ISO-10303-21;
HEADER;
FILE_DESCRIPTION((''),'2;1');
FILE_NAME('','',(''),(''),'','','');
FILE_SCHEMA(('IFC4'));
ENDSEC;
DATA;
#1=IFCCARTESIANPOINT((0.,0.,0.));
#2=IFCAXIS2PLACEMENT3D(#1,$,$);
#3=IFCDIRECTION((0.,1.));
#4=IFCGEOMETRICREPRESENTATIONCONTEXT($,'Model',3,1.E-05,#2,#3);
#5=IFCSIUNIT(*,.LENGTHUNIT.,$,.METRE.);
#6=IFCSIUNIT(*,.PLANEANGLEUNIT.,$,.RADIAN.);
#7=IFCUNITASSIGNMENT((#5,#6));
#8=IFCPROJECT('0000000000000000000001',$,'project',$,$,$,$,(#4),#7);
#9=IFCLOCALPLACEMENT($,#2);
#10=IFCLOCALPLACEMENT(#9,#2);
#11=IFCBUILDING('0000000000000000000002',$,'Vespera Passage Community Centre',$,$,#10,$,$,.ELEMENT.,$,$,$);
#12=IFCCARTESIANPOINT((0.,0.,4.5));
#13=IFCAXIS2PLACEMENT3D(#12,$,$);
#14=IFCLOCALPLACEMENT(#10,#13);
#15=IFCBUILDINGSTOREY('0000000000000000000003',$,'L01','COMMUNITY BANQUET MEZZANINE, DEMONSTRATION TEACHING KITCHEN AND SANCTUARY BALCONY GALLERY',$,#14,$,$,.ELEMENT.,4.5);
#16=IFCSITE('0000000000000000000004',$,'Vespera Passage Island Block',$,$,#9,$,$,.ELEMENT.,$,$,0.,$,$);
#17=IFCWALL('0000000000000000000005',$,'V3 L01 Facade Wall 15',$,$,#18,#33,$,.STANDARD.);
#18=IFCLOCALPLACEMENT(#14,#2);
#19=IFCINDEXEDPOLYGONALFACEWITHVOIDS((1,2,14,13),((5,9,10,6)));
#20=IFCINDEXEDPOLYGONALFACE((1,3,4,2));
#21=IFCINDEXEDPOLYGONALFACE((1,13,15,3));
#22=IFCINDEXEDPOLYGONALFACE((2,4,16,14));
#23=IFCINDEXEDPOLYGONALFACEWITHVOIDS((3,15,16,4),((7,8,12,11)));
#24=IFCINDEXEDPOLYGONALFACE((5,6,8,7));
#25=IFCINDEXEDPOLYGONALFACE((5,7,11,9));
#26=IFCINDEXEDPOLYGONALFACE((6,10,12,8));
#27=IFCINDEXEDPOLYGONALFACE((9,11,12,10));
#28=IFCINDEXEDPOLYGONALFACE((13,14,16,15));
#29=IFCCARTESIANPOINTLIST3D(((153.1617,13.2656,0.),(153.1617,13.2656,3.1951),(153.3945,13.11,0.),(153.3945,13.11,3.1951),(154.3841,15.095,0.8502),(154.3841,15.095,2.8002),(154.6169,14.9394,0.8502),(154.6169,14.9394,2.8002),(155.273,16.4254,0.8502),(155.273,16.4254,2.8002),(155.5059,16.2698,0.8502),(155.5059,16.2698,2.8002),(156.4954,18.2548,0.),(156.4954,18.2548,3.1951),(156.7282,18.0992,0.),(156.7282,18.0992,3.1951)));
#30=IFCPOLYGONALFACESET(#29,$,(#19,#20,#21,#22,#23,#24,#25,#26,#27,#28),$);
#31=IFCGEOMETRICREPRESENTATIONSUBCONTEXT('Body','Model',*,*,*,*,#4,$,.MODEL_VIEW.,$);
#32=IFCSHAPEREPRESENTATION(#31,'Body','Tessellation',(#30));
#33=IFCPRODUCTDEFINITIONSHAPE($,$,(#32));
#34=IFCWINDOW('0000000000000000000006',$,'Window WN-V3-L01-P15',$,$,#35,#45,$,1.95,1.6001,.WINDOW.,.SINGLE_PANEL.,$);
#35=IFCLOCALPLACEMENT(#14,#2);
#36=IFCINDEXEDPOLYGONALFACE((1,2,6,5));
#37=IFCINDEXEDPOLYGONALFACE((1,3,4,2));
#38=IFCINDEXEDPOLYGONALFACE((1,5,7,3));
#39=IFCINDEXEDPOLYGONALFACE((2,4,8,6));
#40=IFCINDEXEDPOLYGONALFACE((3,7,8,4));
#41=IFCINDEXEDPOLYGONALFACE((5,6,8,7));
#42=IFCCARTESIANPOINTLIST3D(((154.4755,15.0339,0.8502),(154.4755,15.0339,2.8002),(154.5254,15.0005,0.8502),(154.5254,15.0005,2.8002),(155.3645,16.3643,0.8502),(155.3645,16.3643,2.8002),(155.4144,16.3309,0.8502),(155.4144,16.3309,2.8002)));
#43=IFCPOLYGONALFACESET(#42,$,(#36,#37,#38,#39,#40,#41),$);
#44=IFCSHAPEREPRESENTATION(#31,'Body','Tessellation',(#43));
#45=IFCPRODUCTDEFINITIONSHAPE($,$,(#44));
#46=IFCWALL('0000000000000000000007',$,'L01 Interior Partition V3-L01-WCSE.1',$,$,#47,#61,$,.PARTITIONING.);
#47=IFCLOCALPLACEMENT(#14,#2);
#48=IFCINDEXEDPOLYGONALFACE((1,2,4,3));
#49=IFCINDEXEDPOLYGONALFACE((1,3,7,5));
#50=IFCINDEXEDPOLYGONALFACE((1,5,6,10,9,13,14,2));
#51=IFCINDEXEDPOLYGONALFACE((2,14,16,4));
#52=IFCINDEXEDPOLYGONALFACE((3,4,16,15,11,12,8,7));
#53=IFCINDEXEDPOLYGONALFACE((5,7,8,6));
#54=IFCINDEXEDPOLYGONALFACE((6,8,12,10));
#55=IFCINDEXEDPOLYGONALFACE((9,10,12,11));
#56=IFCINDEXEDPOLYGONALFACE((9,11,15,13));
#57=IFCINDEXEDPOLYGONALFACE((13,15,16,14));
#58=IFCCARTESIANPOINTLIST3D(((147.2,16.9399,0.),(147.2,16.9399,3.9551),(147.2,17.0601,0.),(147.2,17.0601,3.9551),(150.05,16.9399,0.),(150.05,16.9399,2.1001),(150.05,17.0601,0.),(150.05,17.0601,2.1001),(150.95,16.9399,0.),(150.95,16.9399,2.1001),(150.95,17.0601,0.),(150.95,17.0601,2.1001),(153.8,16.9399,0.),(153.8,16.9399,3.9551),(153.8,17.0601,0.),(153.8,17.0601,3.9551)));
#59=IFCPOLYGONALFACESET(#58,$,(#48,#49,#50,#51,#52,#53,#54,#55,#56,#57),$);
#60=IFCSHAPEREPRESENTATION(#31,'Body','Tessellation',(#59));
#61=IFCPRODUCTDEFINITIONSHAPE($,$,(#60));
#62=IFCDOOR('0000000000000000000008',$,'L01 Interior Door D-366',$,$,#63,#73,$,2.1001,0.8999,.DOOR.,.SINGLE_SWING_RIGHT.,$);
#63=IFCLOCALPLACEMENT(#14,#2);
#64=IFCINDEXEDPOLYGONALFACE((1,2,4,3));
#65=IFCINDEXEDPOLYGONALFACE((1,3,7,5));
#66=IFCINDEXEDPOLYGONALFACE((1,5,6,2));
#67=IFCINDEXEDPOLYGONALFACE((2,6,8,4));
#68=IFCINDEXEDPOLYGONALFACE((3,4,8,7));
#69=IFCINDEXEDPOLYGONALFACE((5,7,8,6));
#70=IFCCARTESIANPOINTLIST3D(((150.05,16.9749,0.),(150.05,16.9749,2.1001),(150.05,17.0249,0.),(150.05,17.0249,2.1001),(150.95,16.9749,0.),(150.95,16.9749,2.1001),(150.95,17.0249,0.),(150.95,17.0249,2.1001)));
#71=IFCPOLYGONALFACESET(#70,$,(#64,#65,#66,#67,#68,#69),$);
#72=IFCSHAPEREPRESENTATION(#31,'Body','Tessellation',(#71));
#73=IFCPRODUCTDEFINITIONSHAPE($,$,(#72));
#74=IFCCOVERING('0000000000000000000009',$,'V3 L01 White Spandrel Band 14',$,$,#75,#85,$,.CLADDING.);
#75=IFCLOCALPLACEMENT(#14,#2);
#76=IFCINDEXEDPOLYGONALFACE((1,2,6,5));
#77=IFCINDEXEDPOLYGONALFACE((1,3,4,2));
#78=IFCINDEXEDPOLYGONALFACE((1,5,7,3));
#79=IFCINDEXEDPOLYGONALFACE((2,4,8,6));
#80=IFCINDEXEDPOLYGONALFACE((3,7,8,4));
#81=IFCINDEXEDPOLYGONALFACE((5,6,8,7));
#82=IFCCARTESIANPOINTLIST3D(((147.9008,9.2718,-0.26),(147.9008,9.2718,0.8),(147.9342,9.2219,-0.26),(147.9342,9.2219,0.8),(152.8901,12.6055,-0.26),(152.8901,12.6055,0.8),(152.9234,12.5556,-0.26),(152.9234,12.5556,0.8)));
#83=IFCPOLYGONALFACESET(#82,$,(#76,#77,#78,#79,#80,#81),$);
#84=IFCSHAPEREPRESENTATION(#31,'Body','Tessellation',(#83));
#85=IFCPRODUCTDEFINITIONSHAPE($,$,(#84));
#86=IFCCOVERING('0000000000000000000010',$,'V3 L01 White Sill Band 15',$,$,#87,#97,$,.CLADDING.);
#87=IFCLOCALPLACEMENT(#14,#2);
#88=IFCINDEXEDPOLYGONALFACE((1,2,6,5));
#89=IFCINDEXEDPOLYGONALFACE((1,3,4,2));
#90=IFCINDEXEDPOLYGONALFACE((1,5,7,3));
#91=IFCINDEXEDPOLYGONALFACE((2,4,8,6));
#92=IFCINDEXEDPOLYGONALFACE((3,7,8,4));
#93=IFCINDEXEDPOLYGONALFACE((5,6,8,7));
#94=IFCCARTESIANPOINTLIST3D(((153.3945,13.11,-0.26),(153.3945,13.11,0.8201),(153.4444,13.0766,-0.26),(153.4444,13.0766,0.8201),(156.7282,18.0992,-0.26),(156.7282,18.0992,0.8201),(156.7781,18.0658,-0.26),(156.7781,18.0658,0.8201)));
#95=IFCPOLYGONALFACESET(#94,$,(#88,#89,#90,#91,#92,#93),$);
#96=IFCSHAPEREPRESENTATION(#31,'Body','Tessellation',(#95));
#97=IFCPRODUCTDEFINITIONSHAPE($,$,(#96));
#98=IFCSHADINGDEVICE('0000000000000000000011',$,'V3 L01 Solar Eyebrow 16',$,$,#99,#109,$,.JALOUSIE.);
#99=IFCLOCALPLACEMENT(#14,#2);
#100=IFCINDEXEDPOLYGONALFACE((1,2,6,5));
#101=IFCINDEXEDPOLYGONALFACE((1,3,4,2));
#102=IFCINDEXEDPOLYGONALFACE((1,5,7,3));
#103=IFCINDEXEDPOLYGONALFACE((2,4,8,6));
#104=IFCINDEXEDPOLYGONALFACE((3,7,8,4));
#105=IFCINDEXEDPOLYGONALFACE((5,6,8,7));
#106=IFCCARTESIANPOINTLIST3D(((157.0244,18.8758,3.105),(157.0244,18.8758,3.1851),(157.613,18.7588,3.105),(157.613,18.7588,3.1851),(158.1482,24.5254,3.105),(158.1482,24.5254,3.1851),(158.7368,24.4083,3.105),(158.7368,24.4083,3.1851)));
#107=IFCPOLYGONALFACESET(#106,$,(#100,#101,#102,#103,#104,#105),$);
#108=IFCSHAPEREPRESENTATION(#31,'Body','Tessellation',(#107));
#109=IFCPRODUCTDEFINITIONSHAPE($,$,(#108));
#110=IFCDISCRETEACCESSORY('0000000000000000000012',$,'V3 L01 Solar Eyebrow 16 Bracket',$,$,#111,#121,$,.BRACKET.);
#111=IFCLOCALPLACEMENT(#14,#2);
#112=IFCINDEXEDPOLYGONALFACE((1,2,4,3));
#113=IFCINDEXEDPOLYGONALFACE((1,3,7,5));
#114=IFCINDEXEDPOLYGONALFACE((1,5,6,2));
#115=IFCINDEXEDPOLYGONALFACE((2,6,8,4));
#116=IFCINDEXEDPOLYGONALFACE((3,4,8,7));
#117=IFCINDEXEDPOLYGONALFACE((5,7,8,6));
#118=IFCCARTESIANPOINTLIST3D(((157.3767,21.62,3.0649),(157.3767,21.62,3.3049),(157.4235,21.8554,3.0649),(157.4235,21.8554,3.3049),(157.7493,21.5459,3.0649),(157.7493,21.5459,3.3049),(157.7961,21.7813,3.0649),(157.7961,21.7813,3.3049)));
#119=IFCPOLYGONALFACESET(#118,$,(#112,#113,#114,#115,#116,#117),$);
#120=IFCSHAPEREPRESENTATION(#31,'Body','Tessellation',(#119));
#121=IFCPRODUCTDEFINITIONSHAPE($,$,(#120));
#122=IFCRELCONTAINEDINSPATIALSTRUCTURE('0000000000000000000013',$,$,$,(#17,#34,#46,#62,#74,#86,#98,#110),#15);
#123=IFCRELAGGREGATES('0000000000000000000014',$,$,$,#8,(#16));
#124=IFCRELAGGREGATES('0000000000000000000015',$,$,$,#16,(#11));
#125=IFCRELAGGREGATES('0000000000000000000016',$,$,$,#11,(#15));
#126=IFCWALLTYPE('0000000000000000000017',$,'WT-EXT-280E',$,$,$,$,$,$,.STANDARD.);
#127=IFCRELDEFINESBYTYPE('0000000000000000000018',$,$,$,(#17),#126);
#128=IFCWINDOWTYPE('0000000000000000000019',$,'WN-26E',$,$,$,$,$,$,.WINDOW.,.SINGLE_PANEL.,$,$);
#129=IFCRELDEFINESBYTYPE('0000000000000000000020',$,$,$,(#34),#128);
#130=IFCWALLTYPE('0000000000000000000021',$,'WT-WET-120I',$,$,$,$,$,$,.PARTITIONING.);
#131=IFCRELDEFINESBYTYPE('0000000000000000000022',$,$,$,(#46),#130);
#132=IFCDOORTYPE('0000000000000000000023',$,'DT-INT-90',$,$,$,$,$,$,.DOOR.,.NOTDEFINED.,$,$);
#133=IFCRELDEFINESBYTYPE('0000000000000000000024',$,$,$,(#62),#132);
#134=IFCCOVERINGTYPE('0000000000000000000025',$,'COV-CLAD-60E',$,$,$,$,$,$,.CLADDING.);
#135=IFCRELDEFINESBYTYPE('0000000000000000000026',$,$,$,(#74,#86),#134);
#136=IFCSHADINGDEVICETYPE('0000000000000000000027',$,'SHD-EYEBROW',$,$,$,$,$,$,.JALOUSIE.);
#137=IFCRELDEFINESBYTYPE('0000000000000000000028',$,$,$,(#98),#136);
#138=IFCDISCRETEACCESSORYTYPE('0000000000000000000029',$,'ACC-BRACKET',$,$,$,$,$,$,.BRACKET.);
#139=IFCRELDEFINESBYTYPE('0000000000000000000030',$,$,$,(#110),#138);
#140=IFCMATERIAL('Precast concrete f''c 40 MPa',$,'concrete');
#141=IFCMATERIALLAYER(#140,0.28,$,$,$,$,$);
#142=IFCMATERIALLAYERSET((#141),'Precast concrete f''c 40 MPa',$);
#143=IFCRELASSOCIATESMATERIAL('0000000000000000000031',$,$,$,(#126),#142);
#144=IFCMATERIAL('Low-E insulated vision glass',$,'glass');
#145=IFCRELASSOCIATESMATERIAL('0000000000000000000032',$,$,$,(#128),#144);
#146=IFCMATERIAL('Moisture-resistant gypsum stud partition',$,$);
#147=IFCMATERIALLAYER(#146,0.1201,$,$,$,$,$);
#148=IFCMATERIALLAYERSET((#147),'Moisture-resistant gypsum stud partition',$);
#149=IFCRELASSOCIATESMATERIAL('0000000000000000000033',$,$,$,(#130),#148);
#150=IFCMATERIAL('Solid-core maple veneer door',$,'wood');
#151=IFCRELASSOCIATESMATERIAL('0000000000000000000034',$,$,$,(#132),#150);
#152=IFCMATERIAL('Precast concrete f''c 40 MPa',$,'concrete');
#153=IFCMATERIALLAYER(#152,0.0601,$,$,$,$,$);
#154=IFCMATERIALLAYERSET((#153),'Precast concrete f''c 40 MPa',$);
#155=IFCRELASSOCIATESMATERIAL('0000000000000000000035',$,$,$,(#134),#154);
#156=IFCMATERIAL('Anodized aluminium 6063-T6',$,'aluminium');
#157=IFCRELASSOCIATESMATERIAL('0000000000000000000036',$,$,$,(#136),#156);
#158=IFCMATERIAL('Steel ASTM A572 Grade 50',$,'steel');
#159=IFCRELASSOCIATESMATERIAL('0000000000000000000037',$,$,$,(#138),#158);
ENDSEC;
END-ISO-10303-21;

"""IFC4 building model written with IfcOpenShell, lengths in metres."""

from ifc_helpers import new_model, si_unit, direction, frame, frame_2d, origin, origin_2d, place, context, subcontext, project, spatial, rectangle, extrude, material, layer, layer_set, type_object, element, fill, save


model = new_model("IFC4")

# Units and contexts
model_context = context("Model", 3, precision=1e-05, world=origin(), true_north=direction((0.0, 1.0)))
body_context = subcontext(model_context, "Body", "Model", "MODEL_VIEW")
ifc_project = project(units=[si_unit("LENGTHUNIT", "METRE"), si_unit("PLANEANGLEUNIT", "RADIAN")], contexts=[model_context])

# Site, building, storey
site_placement = place(None, origin())
site = spatial("IfcSite", under=ifc_project, at=site_placement, Name="Vespera Passage Island Block", CompositionType="ELEMENT", RefElevation=0.0)
building_placement = place(site_placement, origin())
building = spatial("IfcBuilding", under=site, at=building_placement, Name="Vespera Passage Community Centre", CompositionType="ELEMENT")
storey_placement = place(building_placement, frame((0.0, 0.0, 4.5)))
storey = spatial("IfcBuildingStorey", under=building, at=storey_placement, Name="L01", Description="COMMUNITY BANQUET MEZZANINE, DEMONSTRATION TEACHING KITCHEN AND SANCTUARY BALCONY GALLERY", CompositionType="ELEMENT", Elevation=4.5)

# Shared definitions
ifc_material_1 = material(Name="Precast concrete f'c 40 MPa", Category="concrete")
ifc_layer_1 = layer(ifc_material_1, 0.28)
ifc_layer_set_1 = layer_set([ifc_layer_1], Name="Precast concrete f'c 40 MPa")
wall_type_1 = type_object("IfcWallType", Name="WT-EXT-280E", PredefinedType="STANDARD", material=ifc_layer_set_1)

# Wall, opening, window
wall_1_placement = place(storey_placement, frame((156.6118, 18.177, 0.0), z_axis=(0.0, 0.0, 1.0), x_axis=(-0.555573, -0.831468, 0.0)))
wall_1 = element("IfcWall", 1, at=wall_1_placement, inside=storey, type_object=wall_type_1, Name="V3 L01 Facade Wall 15", PredefinedType="STANDARD", context=body_context, shape_type="SweptSolid", body=[
    extrude(rectangle(XDim=6.0005, YDim=0.28, at=frame_2d((3.0002, 0.0))), origin(), (0.0, 0.0, 1.0), 3.1951),
])
opening_1_placement = place(wall_1_placement, frame((2.2002, 0.0, 0.8501)))
opening_1 = element("IfcOpeningElement", 2, at=opening_1_placement, cuts=wall_1, PredefinedType="OPENING", context=body_context, shape_type="SweptSolid", body=[
    extrude(rectangle(XDim=1.6001, YDim=1.95, at=frame_2d((0.8, 0.9751))), frame((0.0, 0.1501, 0.0), z_axis=(0.0, -1.0, 0.0), x_axis=(1.0, 0.0, 0.0)), (0.0, 0.0, 1.0), 0.3),
])
ifc_material_2 = material(Name="Low-E insulated vision glass", Category="glass")
window_type = type_object("IfcWindowType", Name="WN-26E", PartitioningType="SINGLE_PANEL", PredefinedType="WINDOW", material=ifc_material_2)
window_placement = place(opening_1_placement, origin())
window = element("IfcWindow", 3, at=window_placement, inside=storey, type_object=window_type, Name="Window WN-V3-L01-P15", OverallHeight=1.95, OverallWidth=1.6001, PartitioningType="SINGLE_PANEL", PredefinedType="WINDOW", context=body_context, shape_type="SweptSolid", body=[
    extrude(rectangle(XDim=1.6001, YDim=1.95, at=frame_2d((0.8, 0.9751))), frame((0.0, 0.03, 0.0), z_axis=(0.0, -1.0, 0.0), x_axis=(1.0, 0.0, 0.0)), (0.0, 0.0, 1.0), 0.0601),
])
fill(opening_1, window)

# Wall, opening, door
ifc_material_3 = material(Name="Moisture-resistant gypsum stud partition")
ifc_layer_2 = layer(ifc_material_3, 0.1201)
ifc_layer_set_2 = layer_set([ifc_layer_2], Name="Moisture-resistant gypsum stud partition")
wall_type_2 = type_object("IfcWallType", Name="WT-WET-120I", PredefinedType="PARTITIONING", material=ifc_layer_set_2)
wall_2_placement = place(storey_placement, frame((147.2, 17.0, 0.0), z_axis=(0.0, 0.0, 1.0), x_axis=(1.0, 0.0, 0.0)))
wall_2 = element("IfcWall", 4, at=wall_2_placement, inside=storey, type_object=wall_type_2, Name="L01 Interior Partition V3-L01-WCSE.1", PredefinedType="PARTITIONING", context=body_context, shape_type="SweptSolid", body=[
    extrude(rectangle(XDim=6.6001, YDim=0.1201, at=frame_2d((3.3, 0.0))), origin(), (0.0, 0.0, 1.0), 3.9551),
])
opening_2_placement = place(wall_2_placement, frame((2.8501, 0.0, 0.0)))
opening_2 = element("IfcOpeningElement", 5, at=opening_2_placement, cuts=wall_2, PredefinedType="OPENING", context=body_context, shape_type="SweptSolid", body=[
    extrude(rectangle(XDim=0.8999, YDim=2.1001, at=frame_2d((0.45, 1.05))), frame((0.0, 0.0701, 0.0), z_axis=(0.0, -1.0, 0.0), x_axis=(1.0, 0.0, 0.0)), (0.0, 0.0, 1.0), 0.1401),
])
ifc_material_4 = material(Name="Solid-core maple veneer door", Category="wood")
door_type_1 = type_object("IfcDoorType", Name="DT-INT-90", OperationType="NOTDEFINED", PredefinedType="DOOR", material=ifc_material_4)
door_1_placement = place(opening_2_placement, origin())
door_1 = element("IfcDoor", 6, at=door_1_placement, inside=storey, type_object=door_type_1, Name="L01 Interior Door D-366", OperationType="SINGLE_SWING_RIGHT", OverallHeight=2.1001, OverallWidth=0.8999, PredefinedType="DOOR", context=body_context, shape_type="SweptSolid", body=[
    extrude(rectangle(XDim=0.8999, YDim=2.1001, at=frame_2d((0.45, 1.05))), frame((0.0, 0.0249, 0.0), z_axis=(0.0, -1.0, 0.0), x_axis=(1.0, 0.0, 0.0)), (0.0, 0.0, 1.0), 0.05),
])
fill(opening_2, door_1)

# Coverings
ifc_material_5 = material(Name="Precast concrete f'c 40 MPa", Category="concrete")
ifc_layer_3 = layer(ifc_material_5, 0.0601)
ifc_layer_set_3 = layer_set([ifc_layer_3], Name="Precast concrete f'c 40 MPa")
covering_type = type_object("IfcCoveringType", Name="COV-CLAD-60E", PredefinedType="CLADDING", material=ifc_layer_set_3)
covering_1_placement = place(storey_placement, frame((152.9067, 12.5806, -0.26), z_axis=(0.0, 0.0, 1.0), x_axis=(-0.831468, -0.555573, 0.0)))
element("IfcCovering", 7, at=covering_1_placement, inside=storey, type_object=covering_type, Name="V3 L01 White Spandrel Band 14", PredefinedType="CLADDING", context=body_context, shape_type="SweptSolid", body=[
    extrude(rectangle(XDim=6.0005, YDim=0.0601, at=frame_2d((3.0002, 0.0))), origin(), (0.0, 0.0, 1.0), 1.0601),
])
covering_2_placement = place(storey_placement, frame((156.7532, 18.0825, -0.26), z_axis=(0.0, 0.0, 1.0), x_axis=(-0.555573, -0.831468, 0.0)))
element("IfcCovering", 8, at=covering_2_placement, inside=storey, type_object=covering_type, Name="V3 L01 White Sill Band 15", PredefinedType="CLADDING", context=body_context, shape_type="SweptSolid", body=[
    extrude(rectangle(XDim=6.0005, YDim=0.0601, at=frame_2d((3.0002, 0.0))), origin(), (0.0, 0.0, 1.0), 1.0801),
])

# Shading device
ifc_material_6 = material(Name="Anodized aluminium 6063-T6", Category="aluminium")
shading_device_type = type_object("IfcShadingDeviceType", Name="SHD-EYEBROW", PredefinedType="JALOUSIE", material=ifc_material_6)
shading_device_placement = place(storey_placement, frame((157.8806, 21.6421, 3.105), z_axis=(0.0, 0.0, 1.0), x_axis=(-0.19509, -0.980785, 0.0)))
element("IfcShadingDevice", 9, at=shading_device_placement, inside=storey, type_object=shading_device_type, Name="V3 L01 Solar Eyebrow 16", PredefinedType="JALOUSIE", context=body_context, shape_type="SweptSolid", body=[
    extrude(rectangle(XDim=5.7603, YDim=0.6001, at=origin_2d()), origin(), (0.0, 0.0, 1.0), 0.0801),
])

# Discrete accessory
ifc_material_7 = material(Name="Steel ASTM A572 Grade 50", Category="steel")
discrete_accessory_type = type_object("IfcDiscreteAccessoryType", Name="ACC-BRACKET", PredefinedType="BRACKET", material=ifc_material_7)
discrete_accessory_placement = place(storey_placement, frame((157.5864, 21.7007, 3.0649), z_axis=(0.0, 0.0, 1.0), x_axis=(-0.19509, -0.980785, 0.0)))
element("IfcDiscreteAccessory", 10, at=discrete_accessory_placement, inside=storey, type_object=discrete_accessory_type, Name="V3 L01 Solar Eyebrow 16 Bracket", PredefinedType="BRACKET", context=body_context, shape_type="SweptSolid", body=[
    extrude(rectangle(XDim=0.24, YDim=0.3799, at=origin_2d()), origin(), (0.0, 0.0, 1.0), 0.24),
])

save(model, "model.ifc")
